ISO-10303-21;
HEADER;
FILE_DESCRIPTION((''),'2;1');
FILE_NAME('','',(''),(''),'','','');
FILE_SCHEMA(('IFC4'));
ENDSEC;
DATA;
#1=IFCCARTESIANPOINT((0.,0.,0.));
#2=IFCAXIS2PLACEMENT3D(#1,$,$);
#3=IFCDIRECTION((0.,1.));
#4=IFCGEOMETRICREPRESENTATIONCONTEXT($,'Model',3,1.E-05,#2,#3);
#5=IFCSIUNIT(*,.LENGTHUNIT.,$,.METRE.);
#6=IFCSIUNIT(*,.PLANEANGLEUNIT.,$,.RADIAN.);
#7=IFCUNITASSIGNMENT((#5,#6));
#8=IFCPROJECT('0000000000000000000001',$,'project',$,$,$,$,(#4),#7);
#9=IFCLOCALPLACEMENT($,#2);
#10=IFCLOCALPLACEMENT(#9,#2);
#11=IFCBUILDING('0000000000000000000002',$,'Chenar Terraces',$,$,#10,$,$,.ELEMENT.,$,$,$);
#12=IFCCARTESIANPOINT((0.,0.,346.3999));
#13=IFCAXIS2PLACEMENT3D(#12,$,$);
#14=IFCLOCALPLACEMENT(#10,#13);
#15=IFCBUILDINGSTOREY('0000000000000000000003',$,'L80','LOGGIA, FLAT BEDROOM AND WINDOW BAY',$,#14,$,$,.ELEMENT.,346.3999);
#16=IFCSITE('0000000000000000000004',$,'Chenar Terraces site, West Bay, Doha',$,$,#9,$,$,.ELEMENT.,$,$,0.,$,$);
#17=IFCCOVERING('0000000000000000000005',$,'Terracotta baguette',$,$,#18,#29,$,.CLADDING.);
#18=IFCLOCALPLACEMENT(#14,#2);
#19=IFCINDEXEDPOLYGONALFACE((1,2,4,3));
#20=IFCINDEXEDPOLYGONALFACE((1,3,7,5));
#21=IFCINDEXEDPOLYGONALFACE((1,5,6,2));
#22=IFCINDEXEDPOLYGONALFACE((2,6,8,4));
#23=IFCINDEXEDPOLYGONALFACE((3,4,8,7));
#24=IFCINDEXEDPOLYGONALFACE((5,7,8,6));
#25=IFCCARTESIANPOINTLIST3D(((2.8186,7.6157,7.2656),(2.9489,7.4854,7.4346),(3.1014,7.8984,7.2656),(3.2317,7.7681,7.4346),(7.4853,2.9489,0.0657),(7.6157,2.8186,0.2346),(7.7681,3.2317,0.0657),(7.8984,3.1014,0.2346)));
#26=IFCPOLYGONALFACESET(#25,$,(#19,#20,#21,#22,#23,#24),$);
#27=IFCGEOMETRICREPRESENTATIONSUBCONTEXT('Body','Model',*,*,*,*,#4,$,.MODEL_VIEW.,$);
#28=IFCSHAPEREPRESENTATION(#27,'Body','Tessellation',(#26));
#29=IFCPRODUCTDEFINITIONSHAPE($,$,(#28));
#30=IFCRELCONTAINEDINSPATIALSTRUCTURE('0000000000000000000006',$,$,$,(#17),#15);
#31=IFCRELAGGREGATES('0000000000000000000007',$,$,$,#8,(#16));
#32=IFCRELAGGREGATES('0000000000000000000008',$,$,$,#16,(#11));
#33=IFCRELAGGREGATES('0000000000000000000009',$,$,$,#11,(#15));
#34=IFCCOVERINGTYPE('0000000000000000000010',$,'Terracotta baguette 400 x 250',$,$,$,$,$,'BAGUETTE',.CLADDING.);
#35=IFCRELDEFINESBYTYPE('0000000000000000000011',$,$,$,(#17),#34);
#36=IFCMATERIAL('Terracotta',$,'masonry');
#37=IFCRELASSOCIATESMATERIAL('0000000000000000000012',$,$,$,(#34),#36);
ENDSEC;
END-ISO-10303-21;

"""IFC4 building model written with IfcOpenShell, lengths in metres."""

from ifc_helpers import new_model, si_unit, direction, frame, origin, origin_2d, place, context, subcontext, project, spatial, rectangle, extrude, material, material_profile, profile_set, type_object, element, save


model = new_model("IFC4")

# Units and contexts
model_context = context("Model", 3, precision=1e-05, world=origin(), true_north=direction((0.0, 1.0)))
body_context = subcontext(model_context, "Body", "Model", "MODEL_VIEW")
ifc_project = project(units=[si_unit("LENGTHUNIT", "METRE"), si_unit("PLANEANGLEUNIT", "RADIAN")], contexts=[model_context])

# Site, building, storey
site_placement = place(None, origin())
site = spatial("IfcSite", under=ifc_project, at=site_placement, Name="Chenar Terraces site, West Bay, Doha", CompositionType="ELEMENT", RefElevation=0.0)
building_placement = place(site_placement, origin())
building = spatial("IfcBuilding", under=site, at=building_placement, Name="Chenar Terraces", CompositionType="ELEMENT")
storey_placement = place(building_placement, frame((0.0, 0.0, 346.3999)))
storey = spatial("IfcBuildingStorey", under=building, at=storey_placement, Name="L80", Description="LOGGIA, FLAT BEDROOM AND WINDOW BAY", CompositionType="ELEMENT", Elevation=346.3999)

# Covering
ifc_material_1 = material(Name="Terracotta", Category="masonry")
ifc_material_profile = material_profile(ifc_material_1, rectangle(XDim=0.3999, YDim=0.25, at=origin_2d()), Name="Terracotta baguette 400 x 250")
ifc_profile_set = profile_set([ifc_material_profile], Name="Terracotta")
covering_type = type_object("IfcCoveringType", Name="Terracotta baguette 400 x 250", ElementType="BAGUETTE", PredefinedType="CLADDING", material=ifc_profile_set)
covering_1_placement = place(storey_placement, frame((3.0251, 7.6919, 7.3501), z_axis=(0.477803, -0.477803, -0.737163), x_axis=(0.707107, 0.707107, 0.0)))
element("IfcCovering", 1, at=covering_1_placement, inside=storey, type_object=covering_type, Name="Terracotta baguette", PredefinedType="CLADDING", context=body_context, shape_type="SweptSolid", body=[
    extrude(rectangle(XDim=0.3999, YDim=0.25, at=origin_2d()), origin(), (0.0, 0.0, 1.0), 9.7671),
])

save(model, "model.ifc")
